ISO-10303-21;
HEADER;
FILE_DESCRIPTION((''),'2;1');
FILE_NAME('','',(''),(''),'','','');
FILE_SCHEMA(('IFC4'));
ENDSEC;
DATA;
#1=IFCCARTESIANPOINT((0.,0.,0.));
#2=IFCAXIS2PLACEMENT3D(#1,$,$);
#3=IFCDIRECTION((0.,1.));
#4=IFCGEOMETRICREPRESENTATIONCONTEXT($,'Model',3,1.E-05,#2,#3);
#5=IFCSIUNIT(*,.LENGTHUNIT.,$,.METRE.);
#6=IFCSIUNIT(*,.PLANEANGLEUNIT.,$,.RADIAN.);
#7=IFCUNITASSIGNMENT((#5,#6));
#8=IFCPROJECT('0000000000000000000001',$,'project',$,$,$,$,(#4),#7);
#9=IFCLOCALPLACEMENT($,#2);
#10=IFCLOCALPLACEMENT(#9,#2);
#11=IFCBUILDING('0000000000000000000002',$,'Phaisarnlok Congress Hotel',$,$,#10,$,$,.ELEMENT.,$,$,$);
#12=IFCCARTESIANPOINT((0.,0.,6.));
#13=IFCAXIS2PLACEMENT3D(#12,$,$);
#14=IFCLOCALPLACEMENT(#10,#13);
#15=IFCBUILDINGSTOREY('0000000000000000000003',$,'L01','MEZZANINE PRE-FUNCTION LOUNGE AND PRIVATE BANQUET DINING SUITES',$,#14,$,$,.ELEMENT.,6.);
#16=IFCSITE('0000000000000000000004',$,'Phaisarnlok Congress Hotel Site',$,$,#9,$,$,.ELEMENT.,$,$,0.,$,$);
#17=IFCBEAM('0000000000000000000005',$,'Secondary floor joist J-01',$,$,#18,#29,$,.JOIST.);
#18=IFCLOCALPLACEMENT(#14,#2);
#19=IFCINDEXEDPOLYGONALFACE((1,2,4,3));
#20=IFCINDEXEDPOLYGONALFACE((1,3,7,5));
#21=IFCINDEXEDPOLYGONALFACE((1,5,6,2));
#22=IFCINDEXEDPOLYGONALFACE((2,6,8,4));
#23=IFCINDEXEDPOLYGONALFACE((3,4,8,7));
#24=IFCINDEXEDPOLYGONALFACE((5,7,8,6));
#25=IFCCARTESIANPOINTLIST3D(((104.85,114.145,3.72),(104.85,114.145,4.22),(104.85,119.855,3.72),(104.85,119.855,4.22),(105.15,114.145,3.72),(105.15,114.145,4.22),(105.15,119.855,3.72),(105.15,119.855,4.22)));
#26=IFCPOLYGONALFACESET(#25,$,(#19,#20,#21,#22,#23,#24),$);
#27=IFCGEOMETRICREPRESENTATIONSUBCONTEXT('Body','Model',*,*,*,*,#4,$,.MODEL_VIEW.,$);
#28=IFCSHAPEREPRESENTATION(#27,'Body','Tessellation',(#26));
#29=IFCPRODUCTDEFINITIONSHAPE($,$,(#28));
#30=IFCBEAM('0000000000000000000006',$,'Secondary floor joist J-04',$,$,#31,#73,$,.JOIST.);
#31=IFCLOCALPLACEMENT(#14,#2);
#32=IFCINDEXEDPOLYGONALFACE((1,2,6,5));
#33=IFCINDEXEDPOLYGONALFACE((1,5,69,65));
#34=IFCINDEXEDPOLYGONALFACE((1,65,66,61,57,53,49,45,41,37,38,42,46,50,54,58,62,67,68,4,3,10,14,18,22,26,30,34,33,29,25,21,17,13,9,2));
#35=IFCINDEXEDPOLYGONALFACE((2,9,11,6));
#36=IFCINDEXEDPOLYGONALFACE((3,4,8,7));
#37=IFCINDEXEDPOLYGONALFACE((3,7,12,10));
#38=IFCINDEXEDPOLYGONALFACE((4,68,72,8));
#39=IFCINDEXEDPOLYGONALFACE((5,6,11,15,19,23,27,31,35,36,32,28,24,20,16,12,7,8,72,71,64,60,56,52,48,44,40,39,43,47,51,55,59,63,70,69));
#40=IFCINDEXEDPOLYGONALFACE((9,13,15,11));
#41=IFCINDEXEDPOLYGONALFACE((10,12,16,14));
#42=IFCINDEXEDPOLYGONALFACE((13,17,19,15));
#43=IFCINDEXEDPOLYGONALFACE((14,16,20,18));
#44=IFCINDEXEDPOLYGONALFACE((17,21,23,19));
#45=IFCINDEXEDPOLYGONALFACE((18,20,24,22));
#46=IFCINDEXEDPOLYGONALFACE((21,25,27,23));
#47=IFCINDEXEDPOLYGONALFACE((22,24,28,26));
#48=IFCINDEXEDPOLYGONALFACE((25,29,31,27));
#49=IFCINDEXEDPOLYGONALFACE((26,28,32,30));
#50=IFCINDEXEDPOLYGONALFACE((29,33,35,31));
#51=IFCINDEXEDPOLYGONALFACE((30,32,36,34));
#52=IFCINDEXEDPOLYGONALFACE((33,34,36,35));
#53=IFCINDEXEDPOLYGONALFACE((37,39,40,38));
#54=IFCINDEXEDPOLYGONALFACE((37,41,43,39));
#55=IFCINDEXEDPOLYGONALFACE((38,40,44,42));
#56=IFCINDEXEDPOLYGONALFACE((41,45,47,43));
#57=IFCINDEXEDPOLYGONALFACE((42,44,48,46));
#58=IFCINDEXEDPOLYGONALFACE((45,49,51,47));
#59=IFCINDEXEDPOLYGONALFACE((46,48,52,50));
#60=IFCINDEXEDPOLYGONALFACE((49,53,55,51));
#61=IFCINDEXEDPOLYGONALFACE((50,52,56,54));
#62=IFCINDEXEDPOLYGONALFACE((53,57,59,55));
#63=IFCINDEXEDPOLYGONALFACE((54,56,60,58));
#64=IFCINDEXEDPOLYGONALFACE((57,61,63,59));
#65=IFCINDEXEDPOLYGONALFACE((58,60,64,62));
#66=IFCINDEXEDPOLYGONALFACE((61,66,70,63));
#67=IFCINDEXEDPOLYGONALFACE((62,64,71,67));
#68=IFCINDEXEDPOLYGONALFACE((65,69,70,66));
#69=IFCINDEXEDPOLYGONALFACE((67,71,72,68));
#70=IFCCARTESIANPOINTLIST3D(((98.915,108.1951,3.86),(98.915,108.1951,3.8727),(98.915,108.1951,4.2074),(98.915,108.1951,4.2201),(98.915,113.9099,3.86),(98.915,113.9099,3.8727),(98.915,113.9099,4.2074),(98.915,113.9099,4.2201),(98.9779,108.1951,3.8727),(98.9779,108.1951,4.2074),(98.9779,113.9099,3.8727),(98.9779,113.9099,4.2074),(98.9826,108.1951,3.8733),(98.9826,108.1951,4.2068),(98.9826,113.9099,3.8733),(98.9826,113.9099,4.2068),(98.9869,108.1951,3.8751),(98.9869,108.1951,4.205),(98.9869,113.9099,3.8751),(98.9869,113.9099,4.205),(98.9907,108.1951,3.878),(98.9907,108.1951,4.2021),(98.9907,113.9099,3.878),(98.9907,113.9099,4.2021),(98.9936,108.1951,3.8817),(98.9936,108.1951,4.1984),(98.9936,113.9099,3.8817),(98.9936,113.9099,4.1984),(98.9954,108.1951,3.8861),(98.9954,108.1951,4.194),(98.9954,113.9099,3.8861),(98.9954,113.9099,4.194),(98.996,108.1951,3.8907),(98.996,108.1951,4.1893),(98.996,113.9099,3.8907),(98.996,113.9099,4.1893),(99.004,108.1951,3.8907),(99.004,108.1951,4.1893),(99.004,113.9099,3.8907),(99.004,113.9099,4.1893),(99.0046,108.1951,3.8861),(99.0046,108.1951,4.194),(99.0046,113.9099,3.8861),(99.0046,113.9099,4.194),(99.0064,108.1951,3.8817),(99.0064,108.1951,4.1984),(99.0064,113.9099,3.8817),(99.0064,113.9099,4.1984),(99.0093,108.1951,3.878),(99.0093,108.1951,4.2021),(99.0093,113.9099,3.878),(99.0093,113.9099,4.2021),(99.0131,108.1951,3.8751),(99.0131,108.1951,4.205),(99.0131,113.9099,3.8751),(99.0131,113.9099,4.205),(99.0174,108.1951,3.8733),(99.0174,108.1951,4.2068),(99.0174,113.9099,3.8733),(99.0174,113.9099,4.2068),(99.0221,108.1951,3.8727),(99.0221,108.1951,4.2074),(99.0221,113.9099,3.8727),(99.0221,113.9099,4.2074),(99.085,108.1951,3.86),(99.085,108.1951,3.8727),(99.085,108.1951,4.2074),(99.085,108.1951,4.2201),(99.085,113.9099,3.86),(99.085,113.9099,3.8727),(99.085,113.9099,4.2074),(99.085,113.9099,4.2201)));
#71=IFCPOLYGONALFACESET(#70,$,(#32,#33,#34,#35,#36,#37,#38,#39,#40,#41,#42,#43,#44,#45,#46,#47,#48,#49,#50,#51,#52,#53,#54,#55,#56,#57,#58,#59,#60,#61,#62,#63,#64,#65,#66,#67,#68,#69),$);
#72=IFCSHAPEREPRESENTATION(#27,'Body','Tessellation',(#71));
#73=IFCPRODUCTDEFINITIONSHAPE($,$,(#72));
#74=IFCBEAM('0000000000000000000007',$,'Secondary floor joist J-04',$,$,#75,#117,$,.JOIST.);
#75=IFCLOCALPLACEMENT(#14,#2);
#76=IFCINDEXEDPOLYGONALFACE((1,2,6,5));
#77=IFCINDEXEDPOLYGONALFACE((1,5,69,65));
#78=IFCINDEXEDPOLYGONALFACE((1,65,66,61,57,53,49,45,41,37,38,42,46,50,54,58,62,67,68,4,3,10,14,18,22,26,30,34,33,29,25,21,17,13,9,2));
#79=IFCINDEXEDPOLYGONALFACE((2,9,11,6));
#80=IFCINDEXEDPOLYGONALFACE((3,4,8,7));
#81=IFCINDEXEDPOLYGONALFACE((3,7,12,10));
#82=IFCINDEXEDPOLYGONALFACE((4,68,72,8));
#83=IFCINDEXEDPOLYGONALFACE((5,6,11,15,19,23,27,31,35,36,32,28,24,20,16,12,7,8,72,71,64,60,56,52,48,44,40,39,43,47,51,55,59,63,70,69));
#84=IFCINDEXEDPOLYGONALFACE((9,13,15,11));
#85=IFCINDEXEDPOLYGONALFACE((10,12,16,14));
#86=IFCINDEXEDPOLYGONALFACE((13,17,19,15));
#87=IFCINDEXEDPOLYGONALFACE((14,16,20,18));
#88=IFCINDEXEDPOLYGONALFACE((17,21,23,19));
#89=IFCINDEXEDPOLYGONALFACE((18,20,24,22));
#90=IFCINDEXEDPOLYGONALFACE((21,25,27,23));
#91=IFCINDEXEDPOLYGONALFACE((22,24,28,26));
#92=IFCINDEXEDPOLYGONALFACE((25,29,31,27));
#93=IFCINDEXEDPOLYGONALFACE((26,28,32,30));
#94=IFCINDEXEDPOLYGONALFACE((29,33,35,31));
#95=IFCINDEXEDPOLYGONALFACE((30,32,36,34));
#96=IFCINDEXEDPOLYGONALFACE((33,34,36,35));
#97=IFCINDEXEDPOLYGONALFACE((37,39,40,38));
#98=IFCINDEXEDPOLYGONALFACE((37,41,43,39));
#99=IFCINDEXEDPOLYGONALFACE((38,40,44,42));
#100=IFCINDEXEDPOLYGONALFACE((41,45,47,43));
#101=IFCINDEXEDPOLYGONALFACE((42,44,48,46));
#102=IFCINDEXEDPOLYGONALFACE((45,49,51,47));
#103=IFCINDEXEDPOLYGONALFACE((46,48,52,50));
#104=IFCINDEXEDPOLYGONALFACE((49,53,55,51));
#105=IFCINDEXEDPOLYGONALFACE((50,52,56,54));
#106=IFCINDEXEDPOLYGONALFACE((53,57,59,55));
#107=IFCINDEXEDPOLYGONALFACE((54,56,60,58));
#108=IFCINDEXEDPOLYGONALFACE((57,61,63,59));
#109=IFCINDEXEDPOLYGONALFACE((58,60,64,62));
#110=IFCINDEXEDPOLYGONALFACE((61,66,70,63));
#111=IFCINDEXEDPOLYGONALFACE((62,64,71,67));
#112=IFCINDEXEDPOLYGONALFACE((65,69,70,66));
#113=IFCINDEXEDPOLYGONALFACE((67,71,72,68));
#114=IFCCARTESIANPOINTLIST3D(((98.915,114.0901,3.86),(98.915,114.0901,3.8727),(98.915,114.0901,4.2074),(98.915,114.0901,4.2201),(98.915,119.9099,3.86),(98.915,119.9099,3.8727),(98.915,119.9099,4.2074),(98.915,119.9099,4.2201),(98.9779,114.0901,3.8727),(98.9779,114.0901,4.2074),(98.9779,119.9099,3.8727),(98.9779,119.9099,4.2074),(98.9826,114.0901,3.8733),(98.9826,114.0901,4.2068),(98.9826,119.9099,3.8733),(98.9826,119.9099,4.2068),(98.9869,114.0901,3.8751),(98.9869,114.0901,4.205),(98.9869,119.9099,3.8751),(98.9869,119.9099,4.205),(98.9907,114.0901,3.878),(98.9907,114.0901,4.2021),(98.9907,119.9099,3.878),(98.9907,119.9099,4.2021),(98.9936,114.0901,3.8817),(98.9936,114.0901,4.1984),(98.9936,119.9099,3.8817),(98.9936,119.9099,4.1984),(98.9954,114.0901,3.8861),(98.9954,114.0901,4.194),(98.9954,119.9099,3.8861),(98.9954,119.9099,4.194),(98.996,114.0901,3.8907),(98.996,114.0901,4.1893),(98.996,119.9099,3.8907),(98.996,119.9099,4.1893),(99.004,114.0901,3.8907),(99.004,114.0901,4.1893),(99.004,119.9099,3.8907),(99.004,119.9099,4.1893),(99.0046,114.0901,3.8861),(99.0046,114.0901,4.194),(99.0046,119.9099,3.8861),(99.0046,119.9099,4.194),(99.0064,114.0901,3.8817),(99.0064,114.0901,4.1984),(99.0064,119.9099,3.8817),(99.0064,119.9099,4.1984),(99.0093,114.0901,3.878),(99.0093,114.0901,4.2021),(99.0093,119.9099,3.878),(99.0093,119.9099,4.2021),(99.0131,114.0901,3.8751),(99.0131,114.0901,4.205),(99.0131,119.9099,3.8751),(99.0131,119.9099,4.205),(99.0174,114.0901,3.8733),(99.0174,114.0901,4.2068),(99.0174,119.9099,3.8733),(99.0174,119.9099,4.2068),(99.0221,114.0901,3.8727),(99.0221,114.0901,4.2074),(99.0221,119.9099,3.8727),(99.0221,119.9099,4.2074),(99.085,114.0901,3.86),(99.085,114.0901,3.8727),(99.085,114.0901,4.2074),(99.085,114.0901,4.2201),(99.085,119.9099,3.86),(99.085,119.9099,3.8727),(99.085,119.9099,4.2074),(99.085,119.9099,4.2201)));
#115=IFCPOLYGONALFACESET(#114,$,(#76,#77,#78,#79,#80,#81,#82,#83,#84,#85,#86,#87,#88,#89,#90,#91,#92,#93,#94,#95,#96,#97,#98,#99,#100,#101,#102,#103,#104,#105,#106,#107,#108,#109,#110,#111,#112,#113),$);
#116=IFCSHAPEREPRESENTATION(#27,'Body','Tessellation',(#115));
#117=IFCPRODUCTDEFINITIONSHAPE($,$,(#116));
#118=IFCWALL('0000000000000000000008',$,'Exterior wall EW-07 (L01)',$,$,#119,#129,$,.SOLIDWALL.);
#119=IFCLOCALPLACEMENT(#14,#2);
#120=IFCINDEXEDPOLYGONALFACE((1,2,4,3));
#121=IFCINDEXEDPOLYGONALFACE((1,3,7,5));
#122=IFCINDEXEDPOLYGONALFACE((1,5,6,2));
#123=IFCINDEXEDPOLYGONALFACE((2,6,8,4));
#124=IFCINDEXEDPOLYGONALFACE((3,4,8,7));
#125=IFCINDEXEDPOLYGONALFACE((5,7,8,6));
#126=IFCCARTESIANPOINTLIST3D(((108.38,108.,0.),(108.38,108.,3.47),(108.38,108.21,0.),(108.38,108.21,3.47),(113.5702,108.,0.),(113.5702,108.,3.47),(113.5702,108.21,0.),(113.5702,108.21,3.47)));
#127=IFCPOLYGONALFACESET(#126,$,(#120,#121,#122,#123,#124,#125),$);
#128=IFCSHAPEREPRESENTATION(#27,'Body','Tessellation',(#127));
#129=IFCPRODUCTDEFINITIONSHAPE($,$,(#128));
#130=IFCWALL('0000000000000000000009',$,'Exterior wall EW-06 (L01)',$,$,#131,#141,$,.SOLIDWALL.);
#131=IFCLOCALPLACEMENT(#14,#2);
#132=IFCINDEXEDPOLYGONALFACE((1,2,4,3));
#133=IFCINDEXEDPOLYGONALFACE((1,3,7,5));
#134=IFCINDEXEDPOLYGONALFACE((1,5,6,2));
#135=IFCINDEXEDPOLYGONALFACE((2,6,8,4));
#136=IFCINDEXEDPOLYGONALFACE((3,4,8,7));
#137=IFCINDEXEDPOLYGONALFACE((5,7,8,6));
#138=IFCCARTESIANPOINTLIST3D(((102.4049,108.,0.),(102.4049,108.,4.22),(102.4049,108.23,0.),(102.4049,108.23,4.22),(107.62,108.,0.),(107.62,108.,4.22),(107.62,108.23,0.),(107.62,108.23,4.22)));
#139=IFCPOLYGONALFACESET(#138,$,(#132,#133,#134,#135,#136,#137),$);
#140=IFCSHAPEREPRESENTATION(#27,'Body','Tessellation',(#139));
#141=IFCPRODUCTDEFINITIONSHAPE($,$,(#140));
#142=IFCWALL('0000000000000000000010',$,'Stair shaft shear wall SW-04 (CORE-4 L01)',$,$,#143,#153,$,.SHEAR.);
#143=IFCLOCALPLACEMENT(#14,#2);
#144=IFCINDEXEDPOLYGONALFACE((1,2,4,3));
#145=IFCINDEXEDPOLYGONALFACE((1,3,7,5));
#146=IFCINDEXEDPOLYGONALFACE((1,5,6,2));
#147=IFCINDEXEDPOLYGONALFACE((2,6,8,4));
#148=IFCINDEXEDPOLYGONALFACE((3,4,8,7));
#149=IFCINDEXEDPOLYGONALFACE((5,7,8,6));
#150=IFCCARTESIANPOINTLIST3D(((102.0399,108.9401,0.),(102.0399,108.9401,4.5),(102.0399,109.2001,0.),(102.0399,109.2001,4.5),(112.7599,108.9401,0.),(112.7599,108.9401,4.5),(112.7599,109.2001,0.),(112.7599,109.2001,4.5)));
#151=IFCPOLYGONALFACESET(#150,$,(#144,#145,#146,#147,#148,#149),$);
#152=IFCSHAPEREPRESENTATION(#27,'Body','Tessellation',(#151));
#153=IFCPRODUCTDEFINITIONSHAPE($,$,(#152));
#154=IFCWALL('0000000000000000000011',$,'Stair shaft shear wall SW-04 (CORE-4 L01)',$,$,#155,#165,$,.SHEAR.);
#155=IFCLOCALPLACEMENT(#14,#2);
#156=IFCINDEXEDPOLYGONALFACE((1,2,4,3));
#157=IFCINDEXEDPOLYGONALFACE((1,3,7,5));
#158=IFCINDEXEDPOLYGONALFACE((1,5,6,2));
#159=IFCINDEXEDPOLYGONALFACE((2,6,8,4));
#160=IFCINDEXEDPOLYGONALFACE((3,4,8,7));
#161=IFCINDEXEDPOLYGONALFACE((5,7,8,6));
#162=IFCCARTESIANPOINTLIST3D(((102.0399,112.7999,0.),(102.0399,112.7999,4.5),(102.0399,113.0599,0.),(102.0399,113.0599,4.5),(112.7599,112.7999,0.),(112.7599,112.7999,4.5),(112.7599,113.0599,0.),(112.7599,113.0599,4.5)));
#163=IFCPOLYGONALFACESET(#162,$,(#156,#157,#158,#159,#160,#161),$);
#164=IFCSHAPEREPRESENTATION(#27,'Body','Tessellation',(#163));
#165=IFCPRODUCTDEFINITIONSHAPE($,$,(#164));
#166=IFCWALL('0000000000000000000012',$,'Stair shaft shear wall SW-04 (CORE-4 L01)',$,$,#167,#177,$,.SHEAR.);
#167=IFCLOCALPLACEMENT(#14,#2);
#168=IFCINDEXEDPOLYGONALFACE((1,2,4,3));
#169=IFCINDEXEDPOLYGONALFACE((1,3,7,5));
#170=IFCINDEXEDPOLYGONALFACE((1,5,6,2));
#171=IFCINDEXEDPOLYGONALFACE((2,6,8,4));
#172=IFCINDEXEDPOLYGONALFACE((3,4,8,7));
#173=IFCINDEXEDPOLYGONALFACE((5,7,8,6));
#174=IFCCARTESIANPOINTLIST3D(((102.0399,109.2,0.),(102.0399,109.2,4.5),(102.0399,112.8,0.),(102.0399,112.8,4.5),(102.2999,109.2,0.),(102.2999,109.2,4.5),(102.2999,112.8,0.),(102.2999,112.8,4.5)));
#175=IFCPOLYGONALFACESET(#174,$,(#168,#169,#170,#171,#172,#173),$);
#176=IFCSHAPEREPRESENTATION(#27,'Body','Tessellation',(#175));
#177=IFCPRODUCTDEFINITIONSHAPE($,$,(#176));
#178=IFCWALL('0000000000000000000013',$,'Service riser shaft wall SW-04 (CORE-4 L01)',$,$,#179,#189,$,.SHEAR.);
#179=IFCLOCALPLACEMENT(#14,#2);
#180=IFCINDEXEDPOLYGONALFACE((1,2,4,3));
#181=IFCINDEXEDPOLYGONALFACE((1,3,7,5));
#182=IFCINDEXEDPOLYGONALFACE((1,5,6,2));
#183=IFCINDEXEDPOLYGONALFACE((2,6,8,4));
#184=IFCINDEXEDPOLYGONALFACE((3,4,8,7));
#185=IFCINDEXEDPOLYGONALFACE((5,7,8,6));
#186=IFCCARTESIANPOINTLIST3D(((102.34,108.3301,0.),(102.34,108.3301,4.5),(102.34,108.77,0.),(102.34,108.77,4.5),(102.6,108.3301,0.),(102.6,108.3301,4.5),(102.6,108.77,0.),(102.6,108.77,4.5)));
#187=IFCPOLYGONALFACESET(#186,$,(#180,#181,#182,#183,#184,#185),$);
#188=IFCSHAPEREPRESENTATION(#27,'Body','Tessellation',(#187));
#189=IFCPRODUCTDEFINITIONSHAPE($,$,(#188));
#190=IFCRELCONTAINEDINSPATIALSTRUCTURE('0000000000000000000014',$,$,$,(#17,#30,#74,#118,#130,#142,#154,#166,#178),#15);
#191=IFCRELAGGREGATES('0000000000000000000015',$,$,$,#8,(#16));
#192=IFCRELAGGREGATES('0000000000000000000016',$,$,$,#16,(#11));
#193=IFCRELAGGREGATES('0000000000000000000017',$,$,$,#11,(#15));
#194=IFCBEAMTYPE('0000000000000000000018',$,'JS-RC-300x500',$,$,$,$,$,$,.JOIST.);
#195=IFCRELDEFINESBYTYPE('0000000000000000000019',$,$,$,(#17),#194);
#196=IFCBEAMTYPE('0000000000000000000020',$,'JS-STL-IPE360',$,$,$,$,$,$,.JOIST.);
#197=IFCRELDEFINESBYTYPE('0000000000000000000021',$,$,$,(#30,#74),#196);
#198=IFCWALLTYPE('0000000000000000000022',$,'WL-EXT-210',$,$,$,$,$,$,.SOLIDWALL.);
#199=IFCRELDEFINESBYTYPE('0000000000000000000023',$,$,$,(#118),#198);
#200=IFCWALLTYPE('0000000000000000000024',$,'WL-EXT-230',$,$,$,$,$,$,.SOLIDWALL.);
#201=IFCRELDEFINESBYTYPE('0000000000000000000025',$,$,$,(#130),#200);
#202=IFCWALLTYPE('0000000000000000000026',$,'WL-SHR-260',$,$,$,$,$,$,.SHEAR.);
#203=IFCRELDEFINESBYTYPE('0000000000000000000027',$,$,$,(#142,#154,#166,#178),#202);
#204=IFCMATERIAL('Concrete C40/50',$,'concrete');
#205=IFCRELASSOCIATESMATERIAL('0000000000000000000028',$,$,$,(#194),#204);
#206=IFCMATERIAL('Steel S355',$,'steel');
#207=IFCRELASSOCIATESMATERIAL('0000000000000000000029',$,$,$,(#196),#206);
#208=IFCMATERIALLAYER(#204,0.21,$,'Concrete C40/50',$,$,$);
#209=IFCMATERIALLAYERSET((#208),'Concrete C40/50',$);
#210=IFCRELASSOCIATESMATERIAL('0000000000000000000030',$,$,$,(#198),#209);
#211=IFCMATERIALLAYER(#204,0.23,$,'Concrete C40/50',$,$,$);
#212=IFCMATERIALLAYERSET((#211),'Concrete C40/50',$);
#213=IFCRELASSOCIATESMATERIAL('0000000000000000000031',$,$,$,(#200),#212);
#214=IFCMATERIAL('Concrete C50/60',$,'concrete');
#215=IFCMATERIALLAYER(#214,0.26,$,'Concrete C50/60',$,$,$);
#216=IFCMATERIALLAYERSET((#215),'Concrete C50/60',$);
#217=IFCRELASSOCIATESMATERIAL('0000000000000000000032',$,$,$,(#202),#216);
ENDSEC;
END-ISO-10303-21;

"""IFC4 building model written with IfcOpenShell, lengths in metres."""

from ifc_helpers import new_model, si_unit, direction, frame, frame_2d, origin, origin_2d, place, context, subcontext, project, spatial, rectangle, i_section, extrude, material, layer, layer_set, material_profile, profile_set, type_object, element, save


model = new_model("IFC4")

# Units and contexts
model_context = context("Model", 3, precision=1e-05, world=origin(), true_north=direction((0.0, 1.0)))
body_context = subcontext(model_context, "Body", "Model", "MODEL_VIEW")
ifc_project = project(units=[si_unit("LENGTHUNIT", "METRE"), si_unit("PLANEANGLEUNIT", "RADIAN")], contexts=[model_context])

# Site, building, storey
site_placement = place(None, origin())
site = spatial("IfcSite", under=ifc_project, at=site_placement, Name="Phaisarnlok Congress Hotel Site", CompositionType="ELEMENT", RefElevation=0.0)
building_placement = place(site_placement, origin())
building = spatial("IfcBuilding", under=site, at=building_placement, Name="Phaisarnlok Congress Hotel", CompositionType="ELEMENT")
storey_placement = place(building_placement, frame((0.0, 0.0, 6.0)))
storey = spatial("IfcBuildingStorey", under=building, at=storey_placement, Name="L01", Description="MEZZANINE PRE-FUNCTION LOUNGE AND PRIVATE BANQUET DINING SUITES", CompositionType="ELEMENT", Elevation=6.0)

# Shared definitions
ifc_material_1 = material(Name="Concrete C50/60", Category="concrete")

# Beams
ifc_material_2 = material(Name="Concrete C40/50", Category="concrete")
ifc_material_3 = material(Name="Steel S355", Category="steel")
ifc_material_profile_1 = material_profile(ifc_material_2, rectangle(XDim=0.3, YDim=0.5, at=origin_2d()), Name="RC 300x500")
ifc_profile_set_1 = profile_set([ifc_material_profile_1], Name="Concrete C40/50")
beam_type_1 = type_object("IfcBeamType", Name="JS-RC-300x500", PredefinedType="JOIST", material=ifc_profile_set_1)
beam_1_placement = place(storey_placement, frame((105.0, 114.145, 3.97), z_axis=(0.0, 1.0, 0.0), x_axis=(-1.0, 0.0, 0.0)))
element("IfcBeam", 1, at=beam_1_placement, inside=storey, type_object=beam_type_1, Name="Secondary floor joist J-01", PredefinedType="JOIST", context=body_context, shape_type="SweptSolid", body=[
    extrude(rectangle(XDim=0.3, YDim=0.5, at=origin_2d()), origin(), (0.0, 0.0, 1.0), 5.71),
])
ifc_material_profile_2 = material_profile(ifc_material_3, i_section(OverallWidth=0.1699, OverallDepth=0.3601, WebThickness=0.0081, FlangeThickness=0.0127, FilletRadius=0.0181, at=origin_2d()), Name="IPE 360")
ifc_profile_set_2 = profile_set([ifc_material_profile_2], Name="Steel S355")
beam_type_2 = type_object("IfcBeamType", Name="JS-STL-IPE360", PredefinedType="JOIST", material=ifc_profile_set_2)
beam_2_placement = place(storey_placement, frame((99.0, 108.1951, 4.04), z_axis=(0.0, 1.0, 0.0), x_axis=(-1.0, 0.0, 0.0)))
element("IfcBeam", 2, at=beam_2_placement, inside=storey, type_object=beam_type_2, Name="Secondary floor joist J-04", PredefinedType="JOIST", context=body_context, shape_type="SweptSolid", body=[
    extrude(i_section(OverallWidth=0.1699, OverallDepth=0.3601, WebThickness=0.0081, FlangeThickness=0.0127, FilletRadius=0.0181, at=origin_2d()), origin(), (0.0, 0.0, 1.0), 5.7148),
])
beam_3_placement = place(storey_placement, frame((99.0, 114.0901, 4.04), z_axis=(0.0, 1.0, 0.0), x_axis=(-1.0, 0.0, 0.0)))
element("IfcBeam", 3, at=beam_3_placement, inside=storey, type_object=beam_type_2, Name="Secondary floor joist J-04", PredefinedType="JOIST", context=body_context, shape_type="SweptSolid", body=[
    extrude(i_section(OverallWidth=0.1699, OverallDepth=0.3601, WebThickness=0.0081, FlangeThickness=0.0127, FilletRadius=0.0181, at=origin_2d()), origin(), (0.0, 0.0, 1.0), 5.8198),
])

# Walls
ifc_layer_1 = layer(ifc_material_2, 0.21, Name="Concrete C40/50")
ifc_layer_set_1 = layer_set([ifc_layer_1], Name="Concrete C40/50")
wall_type_1 = type_object("IfcWallType", Name="WL-EXT-210", PredefinedType="SOLIDWALL", material=ifc_layer_set_1)
wall_1_placement = place(storey_placement, frame((108.3799, 108.105, 0.0), z_axis=(0.0, 0.0, 1.0), x_axis=(1.0, 0.0, 0.0)))
element("IfcWall", 4, at=wall_1_placement, inside=storey, type_object=wall_type_1, Name="Exterior wall EW-07 (L01)", PredefinedType="SOLIDWALL", context=body_context, shape_type="SweptSolid", body=[
    extrude(rectangle(XDim=5.1902, YDim=0.21, at=frame_2d((2.5952, 0.0))), origin(), (0.0, 0.0, 1.0), 3.47),
])
ifc_layer_2 = layer(ifc_material_2, 0.23, Name="Concrete C40/50")
ifc_layer_set_2 = layer_set([ifc_layer_2], Name="Concrete C40/50")
wall_type_2 = type_object("IfcWallType", Name="WL-EXT-230", PredefinedType="SOLIDWALL", material=ifc_layer_set_2)
wall_2_placement = place(storey_placement, frame((102.405, 108.115, 0.0), z_axis=(0.0, 0.0, 1.0), x_axis=(1.0, 0.0, 0.0)))
element("IfcWall", 5, at=wall_2_placement, inside=storey, type_object=wall_type_2, Name="Exterior wall EW-06 (L01)", PredefinedType="SOLIDWALL", context=body_context, shape_type="SweptSolid", body=[
    extrude(rectangle(XDim=5.2151, YDim=0.23, at=frame_2d((2.6074, 0.0))), origin(), (0.0, 0.0, 1.0), 4.22),
])
ifc_layer_3 = layer(ifc_material_1, 0.26, Name="Concrete C50/60")
ifc_layer_set_3 = layer_set([ifc_layer_3], Name="Concrete C50/60")
wall_type_3 = type_object("IfcWallType", Name="WL-SHR-260", PredefinedType="SHEAR", material=ifc_layer_set_3)
for number, where, z_axis, x_axis, name in (
    (6, (102.04, 109.0701, 0.0), (0.0, 0.0, 1.0), (1.0, 0.0, 0.0), "Stair shaft shear wall SW-04 (CORE-4 L01)"),
    (7, (102.04, 112.9299, 0.0), (0.0, 0.0, 1.0), (1.0, 0.0, 0.0), "Stair shaft shear wall SW-04 (CORE-4 L01)"),
):
    element("IfcWall", number, at=place(storey_placement, frame(where, z_axis=z_axis, x_axis=x_axis)), inside=storey, type_object=wall_type_3, Name=name, PredefinedType="SHEAR", context=body_context, shape_type="SweptSolid", body=[
        extrude(rectangle(XDim=10.72, YDim=0.26, at=frame_2d((5.3599, 0.0))), origin(), (0.0, 0.0, 1.0), 4.5),
    ])
wall_3_placement = place(storey_placement, frame((102.1699, 109.2, 0.0), z_axis=(0.0, 0.0, 1.0), x_axis=(0.0, 1.0, 0.0)))
element("IfcWall", 8, at=wall_3_placement, inside=storey, type_object=wall_type_3, Name="Stair shaft shear wall SW-04 (CORE-4 L01)", PredefinedType="SHEAR", context=body_context, shape_type="SweptSolid", body=[
    extrude(rectangle(XDim=3.6001, YDim=0.26, at=frame_2d((1.8, 0.0))), origin(), (0.0, 0.0, 1.0), 4.5),
])
for number, where, z_axis, x_axis, name in (
    (9, (102.47, 108.3301, 0.0), (0.0, 0.0, 1.0), (0.0, 1.0, 0.0), "Service riser shaft wall SW-04 (CORE-4 L01)"),
):
    element("IfcWall", number, at=place(storey_placement, frame(where, z_axis=z_axis, x_axis=x_axis)), inside=storey, type_object=wall_type_3, Name=name, PredefinedType="SHEAR", context=body_context, shape_type="SweptSolid", body=[
        extrude(rectangle(XDim=0.4399, YDim=0.26, at=frame_2d((0.22, 0.0))), origin(), (0.0, 0.0, 1.0), 4.5),
    ])

save(model, "model.ifc")
